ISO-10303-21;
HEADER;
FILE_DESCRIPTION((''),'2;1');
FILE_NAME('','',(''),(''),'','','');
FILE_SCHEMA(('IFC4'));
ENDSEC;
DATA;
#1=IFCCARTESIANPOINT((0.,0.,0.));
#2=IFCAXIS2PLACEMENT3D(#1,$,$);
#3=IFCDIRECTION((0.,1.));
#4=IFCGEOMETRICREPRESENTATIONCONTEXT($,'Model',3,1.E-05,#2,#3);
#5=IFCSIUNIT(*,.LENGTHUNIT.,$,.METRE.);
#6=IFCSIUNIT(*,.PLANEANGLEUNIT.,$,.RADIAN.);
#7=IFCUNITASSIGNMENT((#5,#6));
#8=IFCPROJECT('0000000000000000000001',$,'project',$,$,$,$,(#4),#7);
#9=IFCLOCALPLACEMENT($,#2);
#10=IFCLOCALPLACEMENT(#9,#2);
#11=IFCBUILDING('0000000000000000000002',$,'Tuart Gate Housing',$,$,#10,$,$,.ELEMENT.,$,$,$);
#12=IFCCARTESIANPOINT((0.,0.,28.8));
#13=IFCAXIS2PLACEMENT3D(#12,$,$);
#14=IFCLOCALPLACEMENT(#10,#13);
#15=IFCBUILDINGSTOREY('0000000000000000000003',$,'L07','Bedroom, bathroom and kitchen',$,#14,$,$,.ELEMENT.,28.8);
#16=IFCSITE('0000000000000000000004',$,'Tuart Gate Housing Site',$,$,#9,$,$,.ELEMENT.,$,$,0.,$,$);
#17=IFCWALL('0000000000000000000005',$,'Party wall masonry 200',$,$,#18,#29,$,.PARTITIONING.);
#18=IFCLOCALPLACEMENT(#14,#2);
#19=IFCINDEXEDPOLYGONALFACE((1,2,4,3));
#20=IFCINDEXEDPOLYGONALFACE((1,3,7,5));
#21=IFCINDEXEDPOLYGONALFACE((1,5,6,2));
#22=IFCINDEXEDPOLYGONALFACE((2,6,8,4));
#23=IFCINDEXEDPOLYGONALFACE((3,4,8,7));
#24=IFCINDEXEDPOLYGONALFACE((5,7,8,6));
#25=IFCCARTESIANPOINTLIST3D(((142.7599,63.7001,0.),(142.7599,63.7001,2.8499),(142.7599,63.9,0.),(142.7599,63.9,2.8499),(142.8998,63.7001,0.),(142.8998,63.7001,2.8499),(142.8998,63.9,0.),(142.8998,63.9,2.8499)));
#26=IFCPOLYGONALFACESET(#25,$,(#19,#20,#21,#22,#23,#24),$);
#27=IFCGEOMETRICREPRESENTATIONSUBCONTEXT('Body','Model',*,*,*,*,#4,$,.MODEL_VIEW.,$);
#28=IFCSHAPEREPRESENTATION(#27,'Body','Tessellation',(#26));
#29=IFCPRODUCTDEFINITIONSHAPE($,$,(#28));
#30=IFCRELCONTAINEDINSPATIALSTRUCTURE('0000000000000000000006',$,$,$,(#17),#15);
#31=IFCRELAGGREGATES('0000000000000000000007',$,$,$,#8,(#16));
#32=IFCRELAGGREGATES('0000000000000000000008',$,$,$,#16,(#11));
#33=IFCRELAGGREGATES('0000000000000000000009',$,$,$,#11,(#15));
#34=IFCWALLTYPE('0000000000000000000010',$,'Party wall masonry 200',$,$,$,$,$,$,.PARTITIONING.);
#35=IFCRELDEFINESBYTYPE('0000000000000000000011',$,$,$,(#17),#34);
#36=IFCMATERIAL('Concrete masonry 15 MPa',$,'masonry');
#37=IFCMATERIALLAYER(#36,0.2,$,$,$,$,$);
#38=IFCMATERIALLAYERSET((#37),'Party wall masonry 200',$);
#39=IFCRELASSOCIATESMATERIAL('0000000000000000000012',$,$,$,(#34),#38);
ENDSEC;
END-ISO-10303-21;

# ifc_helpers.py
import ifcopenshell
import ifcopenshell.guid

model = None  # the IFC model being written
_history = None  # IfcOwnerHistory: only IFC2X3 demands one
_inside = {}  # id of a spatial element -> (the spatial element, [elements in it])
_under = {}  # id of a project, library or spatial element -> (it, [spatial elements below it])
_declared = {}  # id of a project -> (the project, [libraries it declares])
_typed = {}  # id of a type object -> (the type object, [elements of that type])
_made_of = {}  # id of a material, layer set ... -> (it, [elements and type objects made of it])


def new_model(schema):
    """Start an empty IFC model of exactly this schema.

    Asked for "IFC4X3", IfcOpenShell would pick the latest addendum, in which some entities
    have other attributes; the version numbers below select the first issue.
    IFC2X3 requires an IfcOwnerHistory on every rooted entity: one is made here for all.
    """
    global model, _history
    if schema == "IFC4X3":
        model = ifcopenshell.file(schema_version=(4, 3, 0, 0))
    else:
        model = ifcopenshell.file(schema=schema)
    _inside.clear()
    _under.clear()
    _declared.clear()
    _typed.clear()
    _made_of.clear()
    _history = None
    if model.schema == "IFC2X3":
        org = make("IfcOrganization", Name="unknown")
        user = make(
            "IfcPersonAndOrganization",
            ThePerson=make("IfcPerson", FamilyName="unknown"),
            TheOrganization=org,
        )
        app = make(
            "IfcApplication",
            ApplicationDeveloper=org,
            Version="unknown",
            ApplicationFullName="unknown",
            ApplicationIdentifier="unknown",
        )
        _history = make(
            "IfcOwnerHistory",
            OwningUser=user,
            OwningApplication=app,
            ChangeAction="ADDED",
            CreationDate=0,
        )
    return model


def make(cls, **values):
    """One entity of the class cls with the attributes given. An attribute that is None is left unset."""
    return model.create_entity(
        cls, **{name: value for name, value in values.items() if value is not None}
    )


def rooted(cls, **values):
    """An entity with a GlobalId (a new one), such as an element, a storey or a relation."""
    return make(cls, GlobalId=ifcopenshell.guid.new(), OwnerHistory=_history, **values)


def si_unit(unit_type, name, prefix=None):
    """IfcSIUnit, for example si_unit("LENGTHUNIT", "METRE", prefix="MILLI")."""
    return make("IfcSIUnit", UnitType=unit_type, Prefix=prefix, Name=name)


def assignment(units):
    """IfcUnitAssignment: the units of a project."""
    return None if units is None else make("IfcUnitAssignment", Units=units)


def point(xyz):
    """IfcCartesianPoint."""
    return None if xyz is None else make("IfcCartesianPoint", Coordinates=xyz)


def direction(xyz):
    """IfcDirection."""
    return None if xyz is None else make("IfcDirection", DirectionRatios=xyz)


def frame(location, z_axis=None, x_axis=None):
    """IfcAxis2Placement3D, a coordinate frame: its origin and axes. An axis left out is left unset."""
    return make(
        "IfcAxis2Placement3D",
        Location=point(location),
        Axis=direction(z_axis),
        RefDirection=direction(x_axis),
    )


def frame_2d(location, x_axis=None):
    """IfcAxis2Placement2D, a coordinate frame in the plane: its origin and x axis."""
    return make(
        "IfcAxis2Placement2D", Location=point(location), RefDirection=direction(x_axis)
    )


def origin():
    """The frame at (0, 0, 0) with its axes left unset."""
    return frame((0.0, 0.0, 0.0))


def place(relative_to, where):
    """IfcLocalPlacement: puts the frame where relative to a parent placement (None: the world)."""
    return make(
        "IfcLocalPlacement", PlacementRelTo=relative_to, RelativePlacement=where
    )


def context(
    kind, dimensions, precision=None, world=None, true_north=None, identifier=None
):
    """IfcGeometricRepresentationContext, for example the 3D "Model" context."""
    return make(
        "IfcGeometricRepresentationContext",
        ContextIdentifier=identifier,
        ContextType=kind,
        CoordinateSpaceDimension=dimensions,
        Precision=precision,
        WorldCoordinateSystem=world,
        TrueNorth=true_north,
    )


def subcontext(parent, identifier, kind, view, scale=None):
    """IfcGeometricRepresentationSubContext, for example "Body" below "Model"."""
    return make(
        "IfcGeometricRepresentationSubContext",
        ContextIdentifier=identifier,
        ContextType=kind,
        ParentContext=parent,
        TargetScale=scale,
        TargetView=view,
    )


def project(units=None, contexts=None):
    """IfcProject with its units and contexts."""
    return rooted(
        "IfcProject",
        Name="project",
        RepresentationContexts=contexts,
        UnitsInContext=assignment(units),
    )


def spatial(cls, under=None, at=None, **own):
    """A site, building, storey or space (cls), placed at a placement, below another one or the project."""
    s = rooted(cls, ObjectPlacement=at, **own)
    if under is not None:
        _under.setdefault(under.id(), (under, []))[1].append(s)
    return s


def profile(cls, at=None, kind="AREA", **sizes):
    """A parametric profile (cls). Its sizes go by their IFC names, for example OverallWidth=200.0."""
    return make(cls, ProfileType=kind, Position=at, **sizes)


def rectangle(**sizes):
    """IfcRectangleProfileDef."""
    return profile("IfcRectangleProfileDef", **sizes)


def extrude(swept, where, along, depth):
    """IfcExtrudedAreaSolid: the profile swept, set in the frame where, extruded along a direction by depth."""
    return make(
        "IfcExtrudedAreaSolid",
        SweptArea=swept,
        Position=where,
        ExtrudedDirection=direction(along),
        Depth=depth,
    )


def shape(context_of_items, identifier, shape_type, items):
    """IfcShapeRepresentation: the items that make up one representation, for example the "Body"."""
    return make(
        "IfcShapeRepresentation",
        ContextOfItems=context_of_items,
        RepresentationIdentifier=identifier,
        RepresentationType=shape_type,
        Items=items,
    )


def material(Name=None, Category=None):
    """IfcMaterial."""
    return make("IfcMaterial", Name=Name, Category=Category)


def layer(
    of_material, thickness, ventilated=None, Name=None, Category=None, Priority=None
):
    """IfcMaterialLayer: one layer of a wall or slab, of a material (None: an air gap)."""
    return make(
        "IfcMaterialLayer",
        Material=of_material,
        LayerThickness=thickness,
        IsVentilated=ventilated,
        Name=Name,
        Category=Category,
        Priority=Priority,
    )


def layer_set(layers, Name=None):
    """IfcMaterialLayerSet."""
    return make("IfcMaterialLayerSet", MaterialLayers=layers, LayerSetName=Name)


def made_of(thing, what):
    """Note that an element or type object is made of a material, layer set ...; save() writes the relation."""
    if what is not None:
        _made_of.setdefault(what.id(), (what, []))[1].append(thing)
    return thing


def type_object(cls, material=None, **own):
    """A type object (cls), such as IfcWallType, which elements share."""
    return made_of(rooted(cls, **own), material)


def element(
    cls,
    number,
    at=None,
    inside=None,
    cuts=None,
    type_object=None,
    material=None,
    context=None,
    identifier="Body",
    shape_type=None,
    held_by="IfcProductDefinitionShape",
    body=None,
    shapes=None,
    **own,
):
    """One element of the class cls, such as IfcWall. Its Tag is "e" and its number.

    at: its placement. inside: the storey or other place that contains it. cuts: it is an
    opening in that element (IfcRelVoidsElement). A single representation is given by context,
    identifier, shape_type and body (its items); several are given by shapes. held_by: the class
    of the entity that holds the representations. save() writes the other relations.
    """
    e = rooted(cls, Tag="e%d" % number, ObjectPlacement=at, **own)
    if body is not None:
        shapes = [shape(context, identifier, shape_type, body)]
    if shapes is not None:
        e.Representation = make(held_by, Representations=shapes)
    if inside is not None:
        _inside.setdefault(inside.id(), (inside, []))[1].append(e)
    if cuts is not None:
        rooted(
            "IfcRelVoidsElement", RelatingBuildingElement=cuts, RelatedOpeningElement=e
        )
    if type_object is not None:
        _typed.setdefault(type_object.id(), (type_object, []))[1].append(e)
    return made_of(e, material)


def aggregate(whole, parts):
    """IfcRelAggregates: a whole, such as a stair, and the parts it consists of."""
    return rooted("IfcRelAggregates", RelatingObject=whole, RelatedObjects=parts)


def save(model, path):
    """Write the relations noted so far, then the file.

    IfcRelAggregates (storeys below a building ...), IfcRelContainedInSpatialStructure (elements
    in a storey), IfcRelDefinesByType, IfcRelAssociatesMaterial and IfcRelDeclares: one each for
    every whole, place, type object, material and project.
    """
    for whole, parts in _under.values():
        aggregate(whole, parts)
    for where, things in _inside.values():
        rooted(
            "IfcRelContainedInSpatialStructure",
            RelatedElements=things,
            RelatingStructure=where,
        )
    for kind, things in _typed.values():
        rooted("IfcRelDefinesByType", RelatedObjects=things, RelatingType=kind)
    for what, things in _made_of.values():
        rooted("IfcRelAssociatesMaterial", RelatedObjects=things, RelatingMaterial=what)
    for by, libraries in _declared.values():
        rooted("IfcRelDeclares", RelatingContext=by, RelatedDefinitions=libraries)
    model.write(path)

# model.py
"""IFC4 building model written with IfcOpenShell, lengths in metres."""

from ifc_helpers import new_model, si_unit, direction, frame, frame_2d, origin, place, context, subcontext, project, spatial, rectangle, extrude, material, layer, layer_set, type_object, element, save


model = new_model("IFC4")

# Units and contexts
model_context = context("Model", 3, precision=1e-05, world=origin(), true_north=direction((0.0, 1.0)))
body_context = subcontext(model_context, "Body", "Model", "MODEL_VIEW")
ifc_project = project(units=[si_unit("LENGTHUNIT", "METRE"), si_unit("PLANEANGLEUNIT", "RADIAN")], contexts=[model_context])

# Site, building, storey
site_placement = place(None, origin())
site = spatial("IfcSite", under=ifc_project, at=site_placement, Name="Tuart Gate Housing Site", CompositionType="ELEMENT", RefElevation=0.0)
building_placement = place(site_placement, origin())
building = spatial("IfcBuilding", under=site, at=building_placement, Name="Tuart Gate Housing", CompositionType="ELEMENT")
storey_placement = place(building_placement, frame((0.0, 0.0, 28.8)))
storey = spatial("IfcBuildingStorey", under=building, at=storey_placement, Name="L07", Description="Bedroom, bathroom and kitchen", CompositionType="ELEMENT", Elevation=28.8)

# Wall
ifc_material_1 = material(Name="Concrete masonry 15 MPa", Category="masonry")
ifc_layer_1 = layer(ifc_material_1, 0.2)
ifc_layer_set_1 = layer_set([ifc_layer_1], Name="Party wall masonry 200")
wall_type_1 = type_object("IfcWallType", Name="Party wall masonry 200", PredefinedType="PARTITIONING", material=ifc_layer_set_1)
wall_1_placement = place(storey_placement, frame((142.76, 63.8, 0.0), z_axis=(0.0, 0.0, 1.0), x_axis=(1.0, 0.0, 0.0)))
element("IfcWall", 1, at=wall_1_placement, inside=storey, type_object=wall_type_1, Name="Party wall masonry 200", PredefinedType="PARTITIONING", context=body_context, shape_type="SweptSolid", body=[
    extrude(rectangle(XDim=0.1399, YDim=0.2, at=frame_2d((0.0698, 0.0))), origin(), (0.0, 0.0, 1.0), 2.8499),
])

save(model, "model.ifc")
